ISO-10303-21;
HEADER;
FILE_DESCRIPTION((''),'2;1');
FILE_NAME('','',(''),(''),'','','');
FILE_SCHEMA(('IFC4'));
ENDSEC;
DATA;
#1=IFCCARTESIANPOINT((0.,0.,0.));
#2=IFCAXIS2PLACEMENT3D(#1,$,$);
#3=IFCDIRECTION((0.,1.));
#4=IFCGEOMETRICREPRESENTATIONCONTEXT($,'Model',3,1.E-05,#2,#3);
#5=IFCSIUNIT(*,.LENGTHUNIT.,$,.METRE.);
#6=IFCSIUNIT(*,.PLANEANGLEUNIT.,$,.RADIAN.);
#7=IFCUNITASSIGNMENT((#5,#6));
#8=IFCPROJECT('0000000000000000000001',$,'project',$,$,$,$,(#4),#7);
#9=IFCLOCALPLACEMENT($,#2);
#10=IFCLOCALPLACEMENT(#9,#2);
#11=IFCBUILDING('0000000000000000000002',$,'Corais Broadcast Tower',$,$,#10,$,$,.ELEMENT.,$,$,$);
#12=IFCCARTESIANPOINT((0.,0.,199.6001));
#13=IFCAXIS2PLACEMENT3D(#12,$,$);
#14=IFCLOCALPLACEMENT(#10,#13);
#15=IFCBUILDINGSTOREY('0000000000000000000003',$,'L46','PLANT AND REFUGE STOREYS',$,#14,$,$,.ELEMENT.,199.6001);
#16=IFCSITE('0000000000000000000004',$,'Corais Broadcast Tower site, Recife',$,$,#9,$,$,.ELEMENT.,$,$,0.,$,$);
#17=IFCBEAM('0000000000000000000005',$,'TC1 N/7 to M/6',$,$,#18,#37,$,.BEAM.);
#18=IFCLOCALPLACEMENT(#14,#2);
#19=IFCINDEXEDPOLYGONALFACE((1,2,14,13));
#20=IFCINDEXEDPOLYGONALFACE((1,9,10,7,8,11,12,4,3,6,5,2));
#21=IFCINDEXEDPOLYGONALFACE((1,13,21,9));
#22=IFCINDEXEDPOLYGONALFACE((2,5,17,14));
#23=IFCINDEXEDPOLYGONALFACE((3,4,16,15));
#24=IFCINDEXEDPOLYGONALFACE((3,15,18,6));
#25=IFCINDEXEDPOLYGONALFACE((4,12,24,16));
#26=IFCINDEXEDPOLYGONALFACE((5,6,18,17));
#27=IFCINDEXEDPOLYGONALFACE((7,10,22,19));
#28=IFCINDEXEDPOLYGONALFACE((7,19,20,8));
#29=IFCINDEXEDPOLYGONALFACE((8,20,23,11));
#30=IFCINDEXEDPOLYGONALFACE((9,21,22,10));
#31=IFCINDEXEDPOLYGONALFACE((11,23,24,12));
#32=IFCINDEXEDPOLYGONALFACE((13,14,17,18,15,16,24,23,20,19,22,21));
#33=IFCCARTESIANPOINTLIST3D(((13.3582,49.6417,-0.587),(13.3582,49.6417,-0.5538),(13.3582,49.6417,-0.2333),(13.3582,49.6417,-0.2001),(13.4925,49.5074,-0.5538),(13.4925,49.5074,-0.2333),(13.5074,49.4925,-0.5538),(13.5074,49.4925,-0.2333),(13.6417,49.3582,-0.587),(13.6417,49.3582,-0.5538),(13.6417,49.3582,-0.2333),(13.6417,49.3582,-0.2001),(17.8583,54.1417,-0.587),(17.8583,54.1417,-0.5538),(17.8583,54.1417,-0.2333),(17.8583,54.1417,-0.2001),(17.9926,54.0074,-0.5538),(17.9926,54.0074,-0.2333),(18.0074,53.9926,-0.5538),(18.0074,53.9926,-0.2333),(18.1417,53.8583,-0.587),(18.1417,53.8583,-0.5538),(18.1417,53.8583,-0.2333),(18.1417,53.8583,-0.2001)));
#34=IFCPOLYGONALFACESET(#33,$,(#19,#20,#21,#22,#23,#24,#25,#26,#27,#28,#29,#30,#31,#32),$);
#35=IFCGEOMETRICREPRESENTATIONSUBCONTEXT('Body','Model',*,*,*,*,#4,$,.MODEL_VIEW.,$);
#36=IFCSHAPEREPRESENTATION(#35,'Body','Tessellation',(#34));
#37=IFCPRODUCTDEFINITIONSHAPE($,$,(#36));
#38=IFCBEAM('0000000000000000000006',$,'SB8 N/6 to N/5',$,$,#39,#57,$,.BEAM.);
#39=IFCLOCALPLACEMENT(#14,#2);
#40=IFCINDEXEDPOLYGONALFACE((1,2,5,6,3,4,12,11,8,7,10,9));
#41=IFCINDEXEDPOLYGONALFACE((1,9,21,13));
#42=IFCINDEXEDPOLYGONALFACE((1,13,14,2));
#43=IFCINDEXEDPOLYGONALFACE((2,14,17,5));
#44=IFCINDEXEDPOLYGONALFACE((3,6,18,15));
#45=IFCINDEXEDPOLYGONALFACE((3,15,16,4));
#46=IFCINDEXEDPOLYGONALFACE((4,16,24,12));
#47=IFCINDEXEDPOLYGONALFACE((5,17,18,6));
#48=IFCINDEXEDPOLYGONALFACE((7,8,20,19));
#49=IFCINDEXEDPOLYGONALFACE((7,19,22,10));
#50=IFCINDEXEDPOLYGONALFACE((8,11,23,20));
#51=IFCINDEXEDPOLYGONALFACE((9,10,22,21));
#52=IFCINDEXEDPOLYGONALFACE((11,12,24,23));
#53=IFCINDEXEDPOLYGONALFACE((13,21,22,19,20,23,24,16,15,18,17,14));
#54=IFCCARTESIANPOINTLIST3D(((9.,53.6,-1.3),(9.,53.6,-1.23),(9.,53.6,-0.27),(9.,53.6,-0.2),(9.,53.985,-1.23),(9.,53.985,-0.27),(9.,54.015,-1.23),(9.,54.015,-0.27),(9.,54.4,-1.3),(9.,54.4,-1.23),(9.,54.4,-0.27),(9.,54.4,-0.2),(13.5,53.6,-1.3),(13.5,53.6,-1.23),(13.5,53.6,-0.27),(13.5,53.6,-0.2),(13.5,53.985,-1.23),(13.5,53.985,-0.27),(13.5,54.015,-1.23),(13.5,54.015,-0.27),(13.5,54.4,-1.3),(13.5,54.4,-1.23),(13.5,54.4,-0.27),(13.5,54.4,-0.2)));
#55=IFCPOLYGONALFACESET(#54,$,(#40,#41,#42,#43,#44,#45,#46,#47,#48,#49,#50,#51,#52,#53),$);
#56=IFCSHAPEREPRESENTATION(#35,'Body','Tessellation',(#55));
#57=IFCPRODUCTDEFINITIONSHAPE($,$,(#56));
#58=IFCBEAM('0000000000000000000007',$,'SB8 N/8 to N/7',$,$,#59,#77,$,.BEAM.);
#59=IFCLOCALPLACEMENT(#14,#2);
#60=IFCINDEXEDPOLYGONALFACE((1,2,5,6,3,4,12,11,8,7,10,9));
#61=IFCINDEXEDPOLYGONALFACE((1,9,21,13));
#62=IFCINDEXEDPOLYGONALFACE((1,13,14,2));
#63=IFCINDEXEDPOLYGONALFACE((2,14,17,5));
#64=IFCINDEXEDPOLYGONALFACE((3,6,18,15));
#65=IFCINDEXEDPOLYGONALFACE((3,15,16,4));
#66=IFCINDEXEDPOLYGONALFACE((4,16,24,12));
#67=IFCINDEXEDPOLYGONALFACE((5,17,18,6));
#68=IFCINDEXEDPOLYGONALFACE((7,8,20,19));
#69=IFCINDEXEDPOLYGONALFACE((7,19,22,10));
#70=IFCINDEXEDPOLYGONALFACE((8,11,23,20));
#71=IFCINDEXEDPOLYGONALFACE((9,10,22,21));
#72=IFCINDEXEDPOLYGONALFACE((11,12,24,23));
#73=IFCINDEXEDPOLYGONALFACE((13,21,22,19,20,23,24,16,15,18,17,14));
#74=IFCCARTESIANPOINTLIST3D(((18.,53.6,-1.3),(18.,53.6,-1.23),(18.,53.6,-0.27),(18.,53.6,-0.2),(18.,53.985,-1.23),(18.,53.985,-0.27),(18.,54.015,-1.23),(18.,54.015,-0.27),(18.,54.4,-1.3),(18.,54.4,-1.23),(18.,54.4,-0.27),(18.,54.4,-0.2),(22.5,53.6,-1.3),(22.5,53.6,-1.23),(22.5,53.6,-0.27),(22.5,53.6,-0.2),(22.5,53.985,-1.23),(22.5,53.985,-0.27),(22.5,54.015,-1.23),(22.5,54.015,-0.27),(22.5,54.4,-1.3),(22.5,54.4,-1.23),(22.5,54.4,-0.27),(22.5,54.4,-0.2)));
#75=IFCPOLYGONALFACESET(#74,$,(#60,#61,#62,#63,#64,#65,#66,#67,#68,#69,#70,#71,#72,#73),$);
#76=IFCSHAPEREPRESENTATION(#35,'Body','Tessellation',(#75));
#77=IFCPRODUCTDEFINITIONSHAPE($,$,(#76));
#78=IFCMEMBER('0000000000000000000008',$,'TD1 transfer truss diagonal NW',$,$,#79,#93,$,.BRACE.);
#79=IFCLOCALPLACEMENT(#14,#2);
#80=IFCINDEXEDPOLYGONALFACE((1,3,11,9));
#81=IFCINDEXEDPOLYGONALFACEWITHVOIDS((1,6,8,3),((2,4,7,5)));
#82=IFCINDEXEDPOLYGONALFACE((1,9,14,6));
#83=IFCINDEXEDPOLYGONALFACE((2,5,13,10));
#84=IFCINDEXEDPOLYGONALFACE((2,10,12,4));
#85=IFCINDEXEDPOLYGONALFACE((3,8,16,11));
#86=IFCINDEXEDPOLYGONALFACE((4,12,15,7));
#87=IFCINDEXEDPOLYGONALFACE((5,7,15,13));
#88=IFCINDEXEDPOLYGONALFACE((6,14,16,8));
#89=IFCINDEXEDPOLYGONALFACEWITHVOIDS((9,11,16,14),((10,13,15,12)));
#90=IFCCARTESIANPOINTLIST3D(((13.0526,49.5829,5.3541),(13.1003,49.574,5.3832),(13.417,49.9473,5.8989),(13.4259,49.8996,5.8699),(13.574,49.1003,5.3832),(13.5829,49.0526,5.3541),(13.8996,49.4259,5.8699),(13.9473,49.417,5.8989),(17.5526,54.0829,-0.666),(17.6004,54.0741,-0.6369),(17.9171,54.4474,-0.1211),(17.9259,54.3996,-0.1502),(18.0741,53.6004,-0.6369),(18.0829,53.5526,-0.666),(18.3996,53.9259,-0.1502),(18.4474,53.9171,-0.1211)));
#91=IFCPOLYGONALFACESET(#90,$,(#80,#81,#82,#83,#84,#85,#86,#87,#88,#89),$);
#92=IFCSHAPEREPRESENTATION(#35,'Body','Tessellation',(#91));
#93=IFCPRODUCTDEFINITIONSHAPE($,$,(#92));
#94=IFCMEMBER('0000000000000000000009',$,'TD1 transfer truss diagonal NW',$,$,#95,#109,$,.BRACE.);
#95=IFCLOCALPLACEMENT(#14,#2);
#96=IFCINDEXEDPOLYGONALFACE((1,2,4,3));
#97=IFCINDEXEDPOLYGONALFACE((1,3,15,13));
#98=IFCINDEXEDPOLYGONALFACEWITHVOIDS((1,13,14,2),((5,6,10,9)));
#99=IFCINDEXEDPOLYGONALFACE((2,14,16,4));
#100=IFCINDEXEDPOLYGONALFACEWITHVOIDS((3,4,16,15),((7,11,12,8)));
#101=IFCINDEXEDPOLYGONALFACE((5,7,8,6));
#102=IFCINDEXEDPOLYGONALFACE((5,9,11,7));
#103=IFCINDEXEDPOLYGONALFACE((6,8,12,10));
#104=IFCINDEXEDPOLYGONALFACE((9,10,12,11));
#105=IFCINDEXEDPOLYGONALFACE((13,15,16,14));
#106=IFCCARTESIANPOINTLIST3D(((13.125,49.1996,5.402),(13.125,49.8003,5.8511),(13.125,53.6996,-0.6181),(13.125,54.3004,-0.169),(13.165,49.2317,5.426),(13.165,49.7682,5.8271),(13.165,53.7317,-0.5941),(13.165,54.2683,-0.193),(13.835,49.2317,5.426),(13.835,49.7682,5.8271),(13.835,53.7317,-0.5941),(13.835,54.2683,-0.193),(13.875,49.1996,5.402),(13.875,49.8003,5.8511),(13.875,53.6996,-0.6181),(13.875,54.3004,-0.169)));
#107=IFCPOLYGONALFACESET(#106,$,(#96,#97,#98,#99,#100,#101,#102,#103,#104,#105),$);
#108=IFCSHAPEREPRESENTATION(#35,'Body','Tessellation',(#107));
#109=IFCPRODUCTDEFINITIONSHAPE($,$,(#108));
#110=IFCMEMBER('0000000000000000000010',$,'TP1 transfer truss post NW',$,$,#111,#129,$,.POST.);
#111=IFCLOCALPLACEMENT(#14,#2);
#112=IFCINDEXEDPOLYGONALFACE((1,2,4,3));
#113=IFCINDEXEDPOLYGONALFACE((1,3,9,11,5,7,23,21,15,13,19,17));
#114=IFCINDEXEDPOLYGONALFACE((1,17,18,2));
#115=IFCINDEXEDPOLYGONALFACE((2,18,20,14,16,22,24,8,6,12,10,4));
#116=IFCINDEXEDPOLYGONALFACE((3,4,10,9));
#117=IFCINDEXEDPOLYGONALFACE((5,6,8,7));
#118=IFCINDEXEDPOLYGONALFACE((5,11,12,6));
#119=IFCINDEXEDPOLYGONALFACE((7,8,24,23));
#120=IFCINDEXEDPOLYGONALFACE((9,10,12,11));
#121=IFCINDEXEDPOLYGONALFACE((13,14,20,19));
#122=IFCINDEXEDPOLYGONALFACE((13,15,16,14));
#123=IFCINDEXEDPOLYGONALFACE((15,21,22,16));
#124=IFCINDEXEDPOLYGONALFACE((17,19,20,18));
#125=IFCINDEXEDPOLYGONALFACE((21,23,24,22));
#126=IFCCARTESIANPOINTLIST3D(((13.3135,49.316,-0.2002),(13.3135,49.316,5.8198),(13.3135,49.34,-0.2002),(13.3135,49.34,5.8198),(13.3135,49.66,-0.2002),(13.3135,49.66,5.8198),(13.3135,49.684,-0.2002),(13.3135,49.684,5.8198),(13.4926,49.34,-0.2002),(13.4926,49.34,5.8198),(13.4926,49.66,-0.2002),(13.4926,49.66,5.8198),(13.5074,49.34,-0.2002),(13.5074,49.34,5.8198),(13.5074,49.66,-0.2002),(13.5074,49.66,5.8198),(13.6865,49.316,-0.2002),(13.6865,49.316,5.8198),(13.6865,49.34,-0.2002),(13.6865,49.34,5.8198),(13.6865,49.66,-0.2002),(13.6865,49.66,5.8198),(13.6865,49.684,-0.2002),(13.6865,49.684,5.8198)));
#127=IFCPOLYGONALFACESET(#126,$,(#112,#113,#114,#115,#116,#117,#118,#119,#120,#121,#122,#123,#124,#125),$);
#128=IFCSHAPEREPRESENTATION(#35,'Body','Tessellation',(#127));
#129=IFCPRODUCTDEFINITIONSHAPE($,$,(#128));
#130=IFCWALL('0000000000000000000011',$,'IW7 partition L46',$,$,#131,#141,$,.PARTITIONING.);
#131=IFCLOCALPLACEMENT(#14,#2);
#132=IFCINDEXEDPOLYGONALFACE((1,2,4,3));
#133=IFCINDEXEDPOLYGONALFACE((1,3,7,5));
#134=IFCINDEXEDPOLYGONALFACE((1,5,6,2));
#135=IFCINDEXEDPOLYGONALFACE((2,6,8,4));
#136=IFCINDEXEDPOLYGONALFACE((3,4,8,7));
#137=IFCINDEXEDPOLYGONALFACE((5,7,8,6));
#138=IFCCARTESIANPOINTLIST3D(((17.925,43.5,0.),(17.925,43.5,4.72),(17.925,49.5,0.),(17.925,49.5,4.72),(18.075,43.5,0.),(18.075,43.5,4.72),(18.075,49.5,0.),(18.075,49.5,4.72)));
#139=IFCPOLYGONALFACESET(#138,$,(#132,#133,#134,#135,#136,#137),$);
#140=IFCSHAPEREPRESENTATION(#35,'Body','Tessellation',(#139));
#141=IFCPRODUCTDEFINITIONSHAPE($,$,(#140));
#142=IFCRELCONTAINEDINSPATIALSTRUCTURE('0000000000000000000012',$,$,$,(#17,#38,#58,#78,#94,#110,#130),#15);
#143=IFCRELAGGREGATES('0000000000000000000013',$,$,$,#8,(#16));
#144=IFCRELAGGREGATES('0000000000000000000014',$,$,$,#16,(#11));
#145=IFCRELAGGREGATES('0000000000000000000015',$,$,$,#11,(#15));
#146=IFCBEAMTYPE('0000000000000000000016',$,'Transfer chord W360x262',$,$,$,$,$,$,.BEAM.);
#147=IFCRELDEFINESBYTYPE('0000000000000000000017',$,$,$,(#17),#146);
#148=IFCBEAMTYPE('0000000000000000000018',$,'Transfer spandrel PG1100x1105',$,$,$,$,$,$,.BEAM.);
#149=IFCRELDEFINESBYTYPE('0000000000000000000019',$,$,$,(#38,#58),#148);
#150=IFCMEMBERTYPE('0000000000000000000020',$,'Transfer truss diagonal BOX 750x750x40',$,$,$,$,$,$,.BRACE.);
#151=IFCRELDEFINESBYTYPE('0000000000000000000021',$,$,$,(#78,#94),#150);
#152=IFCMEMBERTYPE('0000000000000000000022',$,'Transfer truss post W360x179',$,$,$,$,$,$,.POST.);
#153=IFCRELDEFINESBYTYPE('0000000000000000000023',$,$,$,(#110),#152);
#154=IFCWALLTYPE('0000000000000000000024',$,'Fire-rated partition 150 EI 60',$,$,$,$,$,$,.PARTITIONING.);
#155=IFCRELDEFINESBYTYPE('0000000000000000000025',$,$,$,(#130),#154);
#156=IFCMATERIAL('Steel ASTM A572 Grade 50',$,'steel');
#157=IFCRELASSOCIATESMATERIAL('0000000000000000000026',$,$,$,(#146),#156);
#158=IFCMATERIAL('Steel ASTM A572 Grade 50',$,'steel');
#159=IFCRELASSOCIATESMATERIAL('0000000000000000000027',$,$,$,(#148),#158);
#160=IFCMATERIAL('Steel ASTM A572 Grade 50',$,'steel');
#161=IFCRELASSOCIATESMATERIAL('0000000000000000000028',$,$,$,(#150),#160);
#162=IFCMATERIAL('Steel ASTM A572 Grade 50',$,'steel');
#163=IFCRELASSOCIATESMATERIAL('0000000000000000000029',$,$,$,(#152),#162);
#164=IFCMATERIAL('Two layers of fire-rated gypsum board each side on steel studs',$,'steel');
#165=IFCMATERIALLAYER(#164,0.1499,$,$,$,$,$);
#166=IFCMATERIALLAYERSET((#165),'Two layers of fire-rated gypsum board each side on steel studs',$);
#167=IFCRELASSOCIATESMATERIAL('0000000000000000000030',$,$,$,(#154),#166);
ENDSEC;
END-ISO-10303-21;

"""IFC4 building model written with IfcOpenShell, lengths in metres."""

from ifc_helpers import new_model, si_unit, direction, frame, frame_2d, origin, origin_2d, place, context, subcontext, project, spatial, rectangle, hollow_rectangle, i_section, extrude, material, layer, layer_set, material_profile, profile_set, type_object, element, save


model = new_model("IFC4")

# Units and contexts
model_context = context("Model", 3, precision=1e-05, world=origin(), true_north=direction((0.0, 1.0)))
body_context = subcontext(model_context, "Body", "Model", "MODEL_VIEW")
ifc_project = project(units=[si_unit("LENGTHUNIT", "METRE"), si_unit("PLANEANGLEUNIT", "RADIAN")], contexts=[model_context])

# Site, building, storey
site_placement = place(None, origin())
site = spatial("IfcSite", under=ifc_project, at=site_placement, Name="Corais Broadcast Tower site, Recife", CompositionType="ELEMENT", RefElevation=0.0)
building_placement = place(site_placement, origin())
building = spatial("IfcBuilding", under=site, at=building_placement, Name="Corais Broadcast Tower", CompositionType="ELEMENT")
storey_placement = place(building_placement, frame((0.0, 0.0, 199.6001)))
storey = spatial("IfcBuildingStorey", under=building, at=storey_placement, Name="L46", Description="PLANT AND REFUGE STOREYS", CompositionType="ELEMENT", Elevation=199.6001)

# Beams
ifc_material_1 = material(Name="Steel ASTM A572 Grade 50", Category="steel")
ifc_material_profile_1 = material_profile(ifc_material_1, i_section(OverallWidth=0.4009, OverallDepth=0.387, WebThickness=0.021, FlangeThickness=0.0332, at=origin_2d()), Name="W360x262")
ifc_profile_set_1 = profile_set([ifc_material_profile_1], Name="Steel ASTM A572 Grade 50")
beam_type_1 = type_object("IfcBeamType", Name="Transfer chord W360x262", PredefinedType="BEAM", material=ifc_profile_set_1)
for number, where, z_axis, x_axis, name in (
    (1, (18.0, 54.0, -0.3936), (-0.707107, -0.707107, 0.0), (0.707107, -0.707107, 0.0), "TC1 N/7 to M/6"),
):
    element("IfcBeam", number, at=place(storey_placement, frame(where, z_axis=z_axis, x_axis=x_axis)), inside=storey, type_object=beam_type_1, Name=name, PredefinedType="BEAM", context=body_context, shape_type="SweptSolid", body=[
        extrude(i_section(OverallWidth=0.4009, OverallDepth=0.387, WebThickness=0.021, FlangeThickness=0.0332, at=origin_2d()), origin(), (0.0, 0.0, 1.0), 6.364),
    ])
ifc_material_2 = material(Name="Steel ASTM A572 Grade 50", Category="steel")
ifc_material_profile_2 = material_profile(ifc_material_2, i_section(OverallWidth=0.8, OverallDepth=1.1001, WebThickness=0.03, FlangeThickness=0.0701, at=origin_2d()), Name="PG1100x1105")
ifc_profile_set_2 = profile_set([ifc_material_profile_2], Name="Steel ASTM A572 Grade 50")
beam_type_2 = type_object("IfcBeamType", Name="Transfer spandrel PG1100x1105", PredefinedType="BEAM", material=ifc_profile_set_2)
for number, where, z_axis, x_axis, name in (
    (2, (13.5, 54.0, -0.75), (-1.0, 0.0, 0.0), (0.0, -1.0, 0.0), "SB8 N/6 to N/5"),
    (3, (22.5, 54.0, -0.75), (-1.0, 0.0, 0.0), (0.0, -1.0, 0.0), "SB8 N/8 to N/7"),
):
    element("IfcBeam", number, at=place(storey_placement, frame(where, z_axis=z_axis, x_axis=x_axis)), inside=storey, type_object=beam_type_2, Name=name, PredefinedType="BEAM", context=body_context, shape_type="SweptSolid", body=[
        extrude(i_section(OverallWidth=0.8, OverallDepth=1.1001, WebThickness=0.03, FlangeThickness=0.0701, at=origin_2d()), origin(), (0.0, 0.0, 1.0), 4.5),
    ])

# Members
ifc_material_3 = material(Name="Steel ASTM A572 Grade 50", Category="steel")
ifc_material_profile_3 = material_profile(ifc_material_3, hollow_rectangle(XDim=0.75, YDim=0.75, WallThickness=0.04, at=origin_2d()), Name="BOX 750x750x40")
ifc_profile_set_3 = profile_set([ifc_material_profile_3], Name="Steel ASTM A572 Grade 50")
member_type_1 = type_object("IfcMemberType", Name="Transfer truss diagonal BOX 750x750x40", PredefinedType="BRACE", material=ifc_profile_set_3)
member_1_placement = place(storey_placement, frame((18.0, 54.0, -0.3936), z_axis=(-0.513688, -0.513688, 0.687203), x_axis=(0.707107, -0.707107, 0.0)))
element("IfcMember", 4, at=member_1_placement, inside=storey, type_object=member_type_1, Name="TD1 transfer truss diagonal NW", PredefinedType="BRACE", context=body_context, shape_type="SweptSolid", body=[
    extrude(hollow_rectangle(XDim=0.75, YDim=0.75, WallThickness=0.04, at=origin_2d()), origin(), (0.0, 0.0, 1.0), 8.7603),
])
member_2_placement = place(storey_placement, frame((13.5, 54.0, -0.3936), z_axis=(0.0, -0.598721, 0.800958), x_axis=(1.0, 0.0, 0.0)))
element("IfcMember", 5, at=member_2_placement, inside=storey, type_object=member_type_1, Name="TD1 transfer truss diagonal NW", PredefinedType="BRACE", context=body_context, shape_type="SweptSolid", body=[
    extrude(hollow_rectangle(XDim=0.75, YDim=0.75, WallThickness=0.04, at=origin_2d()), origin(), (0.0, 0.0, 1.0), 7.5161),
])
ifc_material_4 = material(Name="Steel ASTM A572 Grade 50", Category="steel")
ifc_material_profile_4 = material_profile(ifc_material_4, i_section(OverallWidth=0.373, OverallDepth=0.3679, WebThickness=0.0149, FlangeThickness=0.0239, at=origin_2d()), Name="W360x179")
ifc_profile_set_4 = profile_set([ifc_material_profile_4], Name="Steel ASTM A572 Grade 50")
member_type_2 = type_object("IfcMemberType", Name="Transfer truss post W360x179", PredefinedType="POST", material=ifc_profile_set_4)
member_3_placement = place(storey_placement, frame((13.5, 49.5, -0.2002), z_axis=(0.0, 0.0, 1.0), x_axis=(1.0, 0.0, 0.0)))
element("IfcMember", 6, at=member_3_placement, inside=storey, type_object=member_type_2, Name="TP1 transfer truss post NW", PredefinedType="POST", context=body_context, shape_type="SweptSolid", body=[
    extrude(i_section(OverallWidth=0.373, OverallDepth=0.3679, WebThickness=0.0149, FlangeThickness=0.0239, at=origin_2d()), origin(), (0.0, 0.0, 1.0), 6.02),
])

# Wall
ifc_material_5 = material(Name="Two layers of fire-rated gypsum board each side on steel studs", Category="steel")
ifc_layer_1 = layer(ifc_material_5, 0.1499)
ifc_layer_set_1 = layer_set([ifc_layer_1], Name="Two layers of fire-rated gypsum board each side on steel studs")
wall_type_1 = type_object("IfcWallType", Name="Fire-rated partition 150 EI 60", PredefinedType="PARTITIONING", material=ifc_layer_set_1)
wall_1_placement = place(storey_placement, frame((18.0, 49.5, 0.0), z_axis=(0.0, 0.0, 1.0), x_axis=(0.0, -1.0, 0.0)))
element("IfcWall", 7, at=wall_1_placement, inside=storey, type_object=wall_type_1, Name="IW7 partition L46", PredefinedType="PARTITIONING", context=body_context, shape_type="SweptSolid", body=[
    extrude(rectangle(XDim=6.0, YDim=0.1499, at=frame_2d((3.0, 0.0))), origin(), (0.0, 0.0, 1.0), 4.72),
])

save(model, "model.ifc")
